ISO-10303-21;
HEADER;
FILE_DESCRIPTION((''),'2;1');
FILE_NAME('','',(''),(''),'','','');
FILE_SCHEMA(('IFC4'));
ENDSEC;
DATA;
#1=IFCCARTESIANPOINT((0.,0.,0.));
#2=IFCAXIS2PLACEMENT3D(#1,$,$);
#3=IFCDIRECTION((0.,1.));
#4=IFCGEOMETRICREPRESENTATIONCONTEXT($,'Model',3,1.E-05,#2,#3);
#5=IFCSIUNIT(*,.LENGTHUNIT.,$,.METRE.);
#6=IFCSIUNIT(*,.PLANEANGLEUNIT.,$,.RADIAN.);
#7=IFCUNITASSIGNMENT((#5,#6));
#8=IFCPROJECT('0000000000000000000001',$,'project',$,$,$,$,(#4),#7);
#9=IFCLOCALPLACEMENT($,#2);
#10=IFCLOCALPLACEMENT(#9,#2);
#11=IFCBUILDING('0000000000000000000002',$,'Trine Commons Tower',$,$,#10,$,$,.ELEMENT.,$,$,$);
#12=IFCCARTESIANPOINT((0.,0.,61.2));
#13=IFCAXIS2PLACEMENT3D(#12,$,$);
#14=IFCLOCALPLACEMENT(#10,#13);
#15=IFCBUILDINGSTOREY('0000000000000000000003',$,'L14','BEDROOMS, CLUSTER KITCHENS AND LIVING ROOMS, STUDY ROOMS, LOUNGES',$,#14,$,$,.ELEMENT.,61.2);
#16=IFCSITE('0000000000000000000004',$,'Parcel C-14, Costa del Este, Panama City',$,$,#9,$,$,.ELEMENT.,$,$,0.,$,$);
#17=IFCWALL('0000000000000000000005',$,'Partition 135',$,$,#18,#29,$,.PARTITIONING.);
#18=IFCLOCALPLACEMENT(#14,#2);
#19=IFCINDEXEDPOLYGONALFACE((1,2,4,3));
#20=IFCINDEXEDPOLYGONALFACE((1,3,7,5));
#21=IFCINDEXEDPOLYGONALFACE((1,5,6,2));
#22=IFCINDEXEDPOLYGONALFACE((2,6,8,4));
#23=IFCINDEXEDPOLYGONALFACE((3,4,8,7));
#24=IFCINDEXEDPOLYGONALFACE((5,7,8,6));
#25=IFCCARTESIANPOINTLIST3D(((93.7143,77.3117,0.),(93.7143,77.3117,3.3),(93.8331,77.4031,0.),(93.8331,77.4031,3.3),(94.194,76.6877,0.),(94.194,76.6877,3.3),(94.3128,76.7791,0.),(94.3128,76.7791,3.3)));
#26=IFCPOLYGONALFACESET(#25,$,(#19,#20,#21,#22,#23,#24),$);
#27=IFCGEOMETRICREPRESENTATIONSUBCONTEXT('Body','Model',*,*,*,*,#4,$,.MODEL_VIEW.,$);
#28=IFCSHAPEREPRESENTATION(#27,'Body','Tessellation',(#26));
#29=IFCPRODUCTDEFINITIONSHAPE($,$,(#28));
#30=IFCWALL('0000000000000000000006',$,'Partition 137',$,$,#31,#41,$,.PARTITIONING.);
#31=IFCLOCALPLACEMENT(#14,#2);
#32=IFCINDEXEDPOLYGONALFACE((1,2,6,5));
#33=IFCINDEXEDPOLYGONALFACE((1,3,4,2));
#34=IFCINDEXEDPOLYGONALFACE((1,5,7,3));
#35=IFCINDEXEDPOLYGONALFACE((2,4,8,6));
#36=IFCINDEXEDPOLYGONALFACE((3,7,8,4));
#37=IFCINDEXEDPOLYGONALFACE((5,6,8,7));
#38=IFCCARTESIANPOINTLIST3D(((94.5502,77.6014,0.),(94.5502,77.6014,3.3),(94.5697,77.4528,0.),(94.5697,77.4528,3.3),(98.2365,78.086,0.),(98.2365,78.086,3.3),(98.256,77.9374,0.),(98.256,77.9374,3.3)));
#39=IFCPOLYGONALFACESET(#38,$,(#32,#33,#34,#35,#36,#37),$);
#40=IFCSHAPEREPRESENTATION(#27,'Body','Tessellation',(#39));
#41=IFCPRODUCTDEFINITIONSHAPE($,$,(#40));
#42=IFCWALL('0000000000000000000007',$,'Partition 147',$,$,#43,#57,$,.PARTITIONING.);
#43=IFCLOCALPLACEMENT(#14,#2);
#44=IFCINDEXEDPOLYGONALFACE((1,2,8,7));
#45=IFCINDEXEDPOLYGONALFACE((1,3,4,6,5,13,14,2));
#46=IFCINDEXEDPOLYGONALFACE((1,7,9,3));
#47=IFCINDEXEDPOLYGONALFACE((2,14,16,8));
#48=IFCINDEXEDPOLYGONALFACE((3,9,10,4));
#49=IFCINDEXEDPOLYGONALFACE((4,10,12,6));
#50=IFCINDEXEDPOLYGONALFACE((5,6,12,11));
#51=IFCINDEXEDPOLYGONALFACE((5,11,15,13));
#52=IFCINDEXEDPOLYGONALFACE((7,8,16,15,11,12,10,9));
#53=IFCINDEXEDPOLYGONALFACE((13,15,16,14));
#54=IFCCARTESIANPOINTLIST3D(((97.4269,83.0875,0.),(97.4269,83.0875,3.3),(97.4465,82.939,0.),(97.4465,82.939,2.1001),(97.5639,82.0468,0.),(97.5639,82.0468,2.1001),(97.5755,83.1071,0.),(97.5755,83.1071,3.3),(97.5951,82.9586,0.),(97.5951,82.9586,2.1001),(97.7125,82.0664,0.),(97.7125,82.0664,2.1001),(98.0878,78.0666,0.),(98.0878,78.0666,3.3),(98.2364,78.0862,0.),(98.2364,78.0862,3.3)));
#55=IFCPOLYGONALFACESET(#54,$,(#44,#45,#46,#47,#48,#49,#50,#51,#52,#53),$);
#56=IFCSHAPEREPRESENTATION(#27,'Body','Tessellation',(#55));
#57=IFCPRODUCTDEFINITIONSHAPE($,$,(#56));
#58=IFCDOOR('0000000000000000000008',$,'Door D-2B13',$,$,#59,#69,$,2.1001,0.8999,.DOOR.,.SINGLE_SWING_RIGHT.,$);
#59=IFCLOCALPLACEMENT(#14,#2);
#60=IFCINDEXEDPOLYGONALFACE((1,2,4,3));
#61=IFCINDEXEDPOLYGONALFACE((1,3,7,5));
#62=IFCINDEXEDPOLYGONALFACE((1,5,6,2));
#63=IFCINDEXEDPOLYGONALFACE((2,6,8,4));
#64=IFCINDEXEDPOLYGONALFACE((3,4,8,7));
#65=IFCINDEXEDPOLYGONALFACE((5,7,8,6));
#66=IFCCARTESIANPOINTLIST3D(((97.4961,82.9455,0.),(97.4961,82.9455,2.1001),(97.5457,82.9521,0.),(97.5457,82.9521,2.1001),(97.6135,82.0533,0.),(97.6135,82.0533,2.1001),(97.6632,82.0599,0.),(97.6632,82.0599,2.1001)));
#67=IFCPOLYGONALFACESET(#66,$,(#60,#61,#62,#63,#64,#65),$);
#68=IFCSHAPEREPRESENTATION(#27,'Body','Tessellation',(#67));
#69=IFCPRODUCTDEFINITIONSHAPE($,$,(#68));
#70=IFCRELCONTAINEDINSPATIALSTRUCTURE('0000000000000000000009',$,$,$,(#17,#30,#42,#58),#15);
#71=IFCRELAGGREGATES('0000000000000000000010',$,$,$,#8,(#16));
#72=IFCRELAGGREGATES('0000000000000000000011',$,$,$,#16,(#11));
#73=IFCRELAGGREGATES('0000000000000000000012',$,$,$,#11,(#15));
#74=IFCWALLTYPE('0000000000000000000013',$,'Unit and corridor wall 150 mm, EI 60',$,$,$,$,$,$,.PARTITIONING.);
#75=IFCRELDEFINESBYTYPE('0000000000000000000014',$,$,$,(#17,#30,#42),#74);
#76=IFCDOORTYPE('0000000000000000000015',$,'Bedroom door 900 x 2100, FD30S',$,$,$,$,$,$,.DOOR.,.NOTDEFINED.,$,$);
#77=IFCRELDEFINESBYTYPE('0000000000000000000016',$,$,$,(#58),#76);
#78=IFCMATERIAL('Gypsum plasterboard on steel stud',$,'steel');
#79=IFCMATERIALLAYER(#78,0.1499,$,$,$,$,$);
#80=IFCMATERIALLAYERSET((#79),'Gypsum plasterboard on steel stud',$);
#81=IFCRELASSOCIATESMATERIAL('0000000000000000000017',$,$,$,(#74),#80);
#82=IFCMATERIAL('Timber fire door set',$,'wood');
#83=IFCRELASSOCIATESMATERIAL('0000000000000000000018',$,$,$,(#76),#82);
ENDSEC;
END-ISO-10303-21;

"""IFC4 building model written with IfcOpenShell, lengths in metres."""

from ifc_helpers import new_model, si_unit, direction, frame, frame_2d, origin, place, context, subcontext, project, spatial, rectangle, extrude, material, layer, layer_set, type_object, element, fill, save


model = new_model("IFC4")

# Units and contexts
model_context = context("Model", 3, precision=1e-05, world=origin(), true_north=direction((0.0, 1.0)))
body_context = subcontext(model_context, "Body", "Model", "MODEL_VIEW")
ifc_project = project(units=[si_unit("LENGTHUNIT", "METRE"), si_unit("PLANEANGLEUNIT", "RADIAN")], contexts=[model_context])

# Site, building, storey
site_placement = place(None, origin())
site = spatial("IfcSite", under=ifc_project, at=site_placement, Name="Parcel C-14, Costa del Este, Panama City", CompositionType="ELEMENT", RefElevation=0.0)
building_placement = place(site_placement, origin())
building = spatial("IfcBuilding", under=site, at=building_placement, Name="Trine Commons Tower", CompositionType="ELEMENT")
storey_placement = place(building_placement, frame((0.0, 0.0, 61.2)))
storey = spatial("IfcBuildingStorey", under=building, at=storey_placement, Name="L14", Description="BEDROOMS, CLUSTER KITCHENS AND LIVING ROOMS, STUDY ROOMS, LOUNGES", CompositionType="ELEMENT", Elevation=61.2)

# Walls
ifc_material_1 = material(Name="Gypsum plasterboard on steel stud", Category="steel")
ifc_layer_1 = layer(ifc_material_1, 0.1499)
ifc_layer_set_1 = layer_set([ifc_layer_1], Name="Gypsum plasterboard on steel stud")
wall_type_1 = type_object("IfcWallType", Name="Unit and corridor wall 150 mm, EI 60", PredefinedType="PARTITIONING", material=ifc_layer_set_1)
wall_1_placement = place(storey_placement, frame((93.7737, 77.3574, 0.0), z_axis=(0.0, 0.0, 1.0), x_axis=(0.609486, -0.792797, 0.0)))
element("IfcWall", 1, at=wall_1_placement, inside=storey, type_object=wall_type_1, Name="Partition 135", PredefinedType="PARTITIONING", context=body_context, shape_type="SweptSolid", body=[
    extrude(rectangle(XDim=0.7871, YDim=0.1499, at=frame_2d((0.3936, 0.0))), origin(), (0.0, 0.0, 1.0), 3.3),
])
wall_2_placement = place(storey_placement, frame((94.5601, 77.5271, 0.0), z_axis=(0.0, 0.0, 1.0), x_axis=(0.991469, 0.130344, 0.0)))
element("IfcWall", 2, at=wall_2_placement, inside=storey, type_object=wall_type_1, Name="Partition 137", PredefinedType="PARTITIONING", context=body_context, shape_type="SweptSolid", body=[
    extrude(rectangle(XDim=3.718, YDim=0.1499, at=frame_2d((1.8589, 0.0))), origin(), (0.0, 0.0, 1.0), 3.3),
])

# Wall, opening, door
wall_3_placement = place(storey_placement, frame((97.5012, 83.0974, 0.0), z_axis=(0.0, 0.0, 1.0), x_axis=(0.130499, -0.991448, 0.0)))
wall_3 = element("IfcWall", 3, at=wall_3_placement, inside=storey, type_object=wall_type_1, Name="Partition 147", PredefinedType="PARTITIONING", context=body_context, shape_type="SweptSolid", body=[
    extrude(rectangle(XDim=5.0642, YDim=0.1499, at=frame_2d((2.5322, 0.0))), origin(), (0.0, 0.0, 1.0), 3.3),
])
opening_1_placement = place(wall_3_placement, frame((0.1499, 0.0, 0.0)))
opening_1 = element("IfcOpeningElement", 4, at=opening_1_placement, cuts=wall_3, PredefinedType="OPENING", context=body_context, shape_type="SweptSolid", body=[
    extrude(rectangle(XDim=0.8999, YDim=2.1001, at=frame_2d((0.45, 1.05))), frame((0.0, 0.085, 0.0), z_axis=(0.0, -1.0, 0.0), x_axis=(1.0, 0.0, 0.0)), (0.0, 0.0, 1.0), 0.1699),
])
ifc_material_2 = material(Name="Timber fire door set", Category="wood")
door_type_1 = type_object("IfcDoorType", Name="Bedroom door 900 x 2100, FD30S", OperationType="NOTDEFINED", PredefinedType="DOOR", material=ifc_material_2)
door_1_placement = place(opening_1_placement, frame((0.8999, 0.0, 0.0), z_axis=(0.0, 0.0, 1.0), x_axis=(-1.0, 0.0, 0.0)))
door_1 = element("IfcDoor", 5, at=door_1_placement, inside=storey, type_object=door_type_1, Name="Door D-2B13", OperationType="SINGLE_SWING_RIGHT", OverallHeight=2.1001, OverallWidth=0.8999, PredefinedType="DOOR", context=body_context, shape_type="SweptSolid", body=[
    extrude(rectangle(XDim=0.8999, YDim=2.1001, at=frame_2d((0.45, 1.05))), frame((0.0, 0.0249, 0.0), z_axis=(0.0, -1.0, 0.0), x_axis=(1.0, 0.0, 0.0)), (0.0, 0.0, 1.0), 0.05),
])
fill(opening_1, door_1)

save(model, "model.ifc")
